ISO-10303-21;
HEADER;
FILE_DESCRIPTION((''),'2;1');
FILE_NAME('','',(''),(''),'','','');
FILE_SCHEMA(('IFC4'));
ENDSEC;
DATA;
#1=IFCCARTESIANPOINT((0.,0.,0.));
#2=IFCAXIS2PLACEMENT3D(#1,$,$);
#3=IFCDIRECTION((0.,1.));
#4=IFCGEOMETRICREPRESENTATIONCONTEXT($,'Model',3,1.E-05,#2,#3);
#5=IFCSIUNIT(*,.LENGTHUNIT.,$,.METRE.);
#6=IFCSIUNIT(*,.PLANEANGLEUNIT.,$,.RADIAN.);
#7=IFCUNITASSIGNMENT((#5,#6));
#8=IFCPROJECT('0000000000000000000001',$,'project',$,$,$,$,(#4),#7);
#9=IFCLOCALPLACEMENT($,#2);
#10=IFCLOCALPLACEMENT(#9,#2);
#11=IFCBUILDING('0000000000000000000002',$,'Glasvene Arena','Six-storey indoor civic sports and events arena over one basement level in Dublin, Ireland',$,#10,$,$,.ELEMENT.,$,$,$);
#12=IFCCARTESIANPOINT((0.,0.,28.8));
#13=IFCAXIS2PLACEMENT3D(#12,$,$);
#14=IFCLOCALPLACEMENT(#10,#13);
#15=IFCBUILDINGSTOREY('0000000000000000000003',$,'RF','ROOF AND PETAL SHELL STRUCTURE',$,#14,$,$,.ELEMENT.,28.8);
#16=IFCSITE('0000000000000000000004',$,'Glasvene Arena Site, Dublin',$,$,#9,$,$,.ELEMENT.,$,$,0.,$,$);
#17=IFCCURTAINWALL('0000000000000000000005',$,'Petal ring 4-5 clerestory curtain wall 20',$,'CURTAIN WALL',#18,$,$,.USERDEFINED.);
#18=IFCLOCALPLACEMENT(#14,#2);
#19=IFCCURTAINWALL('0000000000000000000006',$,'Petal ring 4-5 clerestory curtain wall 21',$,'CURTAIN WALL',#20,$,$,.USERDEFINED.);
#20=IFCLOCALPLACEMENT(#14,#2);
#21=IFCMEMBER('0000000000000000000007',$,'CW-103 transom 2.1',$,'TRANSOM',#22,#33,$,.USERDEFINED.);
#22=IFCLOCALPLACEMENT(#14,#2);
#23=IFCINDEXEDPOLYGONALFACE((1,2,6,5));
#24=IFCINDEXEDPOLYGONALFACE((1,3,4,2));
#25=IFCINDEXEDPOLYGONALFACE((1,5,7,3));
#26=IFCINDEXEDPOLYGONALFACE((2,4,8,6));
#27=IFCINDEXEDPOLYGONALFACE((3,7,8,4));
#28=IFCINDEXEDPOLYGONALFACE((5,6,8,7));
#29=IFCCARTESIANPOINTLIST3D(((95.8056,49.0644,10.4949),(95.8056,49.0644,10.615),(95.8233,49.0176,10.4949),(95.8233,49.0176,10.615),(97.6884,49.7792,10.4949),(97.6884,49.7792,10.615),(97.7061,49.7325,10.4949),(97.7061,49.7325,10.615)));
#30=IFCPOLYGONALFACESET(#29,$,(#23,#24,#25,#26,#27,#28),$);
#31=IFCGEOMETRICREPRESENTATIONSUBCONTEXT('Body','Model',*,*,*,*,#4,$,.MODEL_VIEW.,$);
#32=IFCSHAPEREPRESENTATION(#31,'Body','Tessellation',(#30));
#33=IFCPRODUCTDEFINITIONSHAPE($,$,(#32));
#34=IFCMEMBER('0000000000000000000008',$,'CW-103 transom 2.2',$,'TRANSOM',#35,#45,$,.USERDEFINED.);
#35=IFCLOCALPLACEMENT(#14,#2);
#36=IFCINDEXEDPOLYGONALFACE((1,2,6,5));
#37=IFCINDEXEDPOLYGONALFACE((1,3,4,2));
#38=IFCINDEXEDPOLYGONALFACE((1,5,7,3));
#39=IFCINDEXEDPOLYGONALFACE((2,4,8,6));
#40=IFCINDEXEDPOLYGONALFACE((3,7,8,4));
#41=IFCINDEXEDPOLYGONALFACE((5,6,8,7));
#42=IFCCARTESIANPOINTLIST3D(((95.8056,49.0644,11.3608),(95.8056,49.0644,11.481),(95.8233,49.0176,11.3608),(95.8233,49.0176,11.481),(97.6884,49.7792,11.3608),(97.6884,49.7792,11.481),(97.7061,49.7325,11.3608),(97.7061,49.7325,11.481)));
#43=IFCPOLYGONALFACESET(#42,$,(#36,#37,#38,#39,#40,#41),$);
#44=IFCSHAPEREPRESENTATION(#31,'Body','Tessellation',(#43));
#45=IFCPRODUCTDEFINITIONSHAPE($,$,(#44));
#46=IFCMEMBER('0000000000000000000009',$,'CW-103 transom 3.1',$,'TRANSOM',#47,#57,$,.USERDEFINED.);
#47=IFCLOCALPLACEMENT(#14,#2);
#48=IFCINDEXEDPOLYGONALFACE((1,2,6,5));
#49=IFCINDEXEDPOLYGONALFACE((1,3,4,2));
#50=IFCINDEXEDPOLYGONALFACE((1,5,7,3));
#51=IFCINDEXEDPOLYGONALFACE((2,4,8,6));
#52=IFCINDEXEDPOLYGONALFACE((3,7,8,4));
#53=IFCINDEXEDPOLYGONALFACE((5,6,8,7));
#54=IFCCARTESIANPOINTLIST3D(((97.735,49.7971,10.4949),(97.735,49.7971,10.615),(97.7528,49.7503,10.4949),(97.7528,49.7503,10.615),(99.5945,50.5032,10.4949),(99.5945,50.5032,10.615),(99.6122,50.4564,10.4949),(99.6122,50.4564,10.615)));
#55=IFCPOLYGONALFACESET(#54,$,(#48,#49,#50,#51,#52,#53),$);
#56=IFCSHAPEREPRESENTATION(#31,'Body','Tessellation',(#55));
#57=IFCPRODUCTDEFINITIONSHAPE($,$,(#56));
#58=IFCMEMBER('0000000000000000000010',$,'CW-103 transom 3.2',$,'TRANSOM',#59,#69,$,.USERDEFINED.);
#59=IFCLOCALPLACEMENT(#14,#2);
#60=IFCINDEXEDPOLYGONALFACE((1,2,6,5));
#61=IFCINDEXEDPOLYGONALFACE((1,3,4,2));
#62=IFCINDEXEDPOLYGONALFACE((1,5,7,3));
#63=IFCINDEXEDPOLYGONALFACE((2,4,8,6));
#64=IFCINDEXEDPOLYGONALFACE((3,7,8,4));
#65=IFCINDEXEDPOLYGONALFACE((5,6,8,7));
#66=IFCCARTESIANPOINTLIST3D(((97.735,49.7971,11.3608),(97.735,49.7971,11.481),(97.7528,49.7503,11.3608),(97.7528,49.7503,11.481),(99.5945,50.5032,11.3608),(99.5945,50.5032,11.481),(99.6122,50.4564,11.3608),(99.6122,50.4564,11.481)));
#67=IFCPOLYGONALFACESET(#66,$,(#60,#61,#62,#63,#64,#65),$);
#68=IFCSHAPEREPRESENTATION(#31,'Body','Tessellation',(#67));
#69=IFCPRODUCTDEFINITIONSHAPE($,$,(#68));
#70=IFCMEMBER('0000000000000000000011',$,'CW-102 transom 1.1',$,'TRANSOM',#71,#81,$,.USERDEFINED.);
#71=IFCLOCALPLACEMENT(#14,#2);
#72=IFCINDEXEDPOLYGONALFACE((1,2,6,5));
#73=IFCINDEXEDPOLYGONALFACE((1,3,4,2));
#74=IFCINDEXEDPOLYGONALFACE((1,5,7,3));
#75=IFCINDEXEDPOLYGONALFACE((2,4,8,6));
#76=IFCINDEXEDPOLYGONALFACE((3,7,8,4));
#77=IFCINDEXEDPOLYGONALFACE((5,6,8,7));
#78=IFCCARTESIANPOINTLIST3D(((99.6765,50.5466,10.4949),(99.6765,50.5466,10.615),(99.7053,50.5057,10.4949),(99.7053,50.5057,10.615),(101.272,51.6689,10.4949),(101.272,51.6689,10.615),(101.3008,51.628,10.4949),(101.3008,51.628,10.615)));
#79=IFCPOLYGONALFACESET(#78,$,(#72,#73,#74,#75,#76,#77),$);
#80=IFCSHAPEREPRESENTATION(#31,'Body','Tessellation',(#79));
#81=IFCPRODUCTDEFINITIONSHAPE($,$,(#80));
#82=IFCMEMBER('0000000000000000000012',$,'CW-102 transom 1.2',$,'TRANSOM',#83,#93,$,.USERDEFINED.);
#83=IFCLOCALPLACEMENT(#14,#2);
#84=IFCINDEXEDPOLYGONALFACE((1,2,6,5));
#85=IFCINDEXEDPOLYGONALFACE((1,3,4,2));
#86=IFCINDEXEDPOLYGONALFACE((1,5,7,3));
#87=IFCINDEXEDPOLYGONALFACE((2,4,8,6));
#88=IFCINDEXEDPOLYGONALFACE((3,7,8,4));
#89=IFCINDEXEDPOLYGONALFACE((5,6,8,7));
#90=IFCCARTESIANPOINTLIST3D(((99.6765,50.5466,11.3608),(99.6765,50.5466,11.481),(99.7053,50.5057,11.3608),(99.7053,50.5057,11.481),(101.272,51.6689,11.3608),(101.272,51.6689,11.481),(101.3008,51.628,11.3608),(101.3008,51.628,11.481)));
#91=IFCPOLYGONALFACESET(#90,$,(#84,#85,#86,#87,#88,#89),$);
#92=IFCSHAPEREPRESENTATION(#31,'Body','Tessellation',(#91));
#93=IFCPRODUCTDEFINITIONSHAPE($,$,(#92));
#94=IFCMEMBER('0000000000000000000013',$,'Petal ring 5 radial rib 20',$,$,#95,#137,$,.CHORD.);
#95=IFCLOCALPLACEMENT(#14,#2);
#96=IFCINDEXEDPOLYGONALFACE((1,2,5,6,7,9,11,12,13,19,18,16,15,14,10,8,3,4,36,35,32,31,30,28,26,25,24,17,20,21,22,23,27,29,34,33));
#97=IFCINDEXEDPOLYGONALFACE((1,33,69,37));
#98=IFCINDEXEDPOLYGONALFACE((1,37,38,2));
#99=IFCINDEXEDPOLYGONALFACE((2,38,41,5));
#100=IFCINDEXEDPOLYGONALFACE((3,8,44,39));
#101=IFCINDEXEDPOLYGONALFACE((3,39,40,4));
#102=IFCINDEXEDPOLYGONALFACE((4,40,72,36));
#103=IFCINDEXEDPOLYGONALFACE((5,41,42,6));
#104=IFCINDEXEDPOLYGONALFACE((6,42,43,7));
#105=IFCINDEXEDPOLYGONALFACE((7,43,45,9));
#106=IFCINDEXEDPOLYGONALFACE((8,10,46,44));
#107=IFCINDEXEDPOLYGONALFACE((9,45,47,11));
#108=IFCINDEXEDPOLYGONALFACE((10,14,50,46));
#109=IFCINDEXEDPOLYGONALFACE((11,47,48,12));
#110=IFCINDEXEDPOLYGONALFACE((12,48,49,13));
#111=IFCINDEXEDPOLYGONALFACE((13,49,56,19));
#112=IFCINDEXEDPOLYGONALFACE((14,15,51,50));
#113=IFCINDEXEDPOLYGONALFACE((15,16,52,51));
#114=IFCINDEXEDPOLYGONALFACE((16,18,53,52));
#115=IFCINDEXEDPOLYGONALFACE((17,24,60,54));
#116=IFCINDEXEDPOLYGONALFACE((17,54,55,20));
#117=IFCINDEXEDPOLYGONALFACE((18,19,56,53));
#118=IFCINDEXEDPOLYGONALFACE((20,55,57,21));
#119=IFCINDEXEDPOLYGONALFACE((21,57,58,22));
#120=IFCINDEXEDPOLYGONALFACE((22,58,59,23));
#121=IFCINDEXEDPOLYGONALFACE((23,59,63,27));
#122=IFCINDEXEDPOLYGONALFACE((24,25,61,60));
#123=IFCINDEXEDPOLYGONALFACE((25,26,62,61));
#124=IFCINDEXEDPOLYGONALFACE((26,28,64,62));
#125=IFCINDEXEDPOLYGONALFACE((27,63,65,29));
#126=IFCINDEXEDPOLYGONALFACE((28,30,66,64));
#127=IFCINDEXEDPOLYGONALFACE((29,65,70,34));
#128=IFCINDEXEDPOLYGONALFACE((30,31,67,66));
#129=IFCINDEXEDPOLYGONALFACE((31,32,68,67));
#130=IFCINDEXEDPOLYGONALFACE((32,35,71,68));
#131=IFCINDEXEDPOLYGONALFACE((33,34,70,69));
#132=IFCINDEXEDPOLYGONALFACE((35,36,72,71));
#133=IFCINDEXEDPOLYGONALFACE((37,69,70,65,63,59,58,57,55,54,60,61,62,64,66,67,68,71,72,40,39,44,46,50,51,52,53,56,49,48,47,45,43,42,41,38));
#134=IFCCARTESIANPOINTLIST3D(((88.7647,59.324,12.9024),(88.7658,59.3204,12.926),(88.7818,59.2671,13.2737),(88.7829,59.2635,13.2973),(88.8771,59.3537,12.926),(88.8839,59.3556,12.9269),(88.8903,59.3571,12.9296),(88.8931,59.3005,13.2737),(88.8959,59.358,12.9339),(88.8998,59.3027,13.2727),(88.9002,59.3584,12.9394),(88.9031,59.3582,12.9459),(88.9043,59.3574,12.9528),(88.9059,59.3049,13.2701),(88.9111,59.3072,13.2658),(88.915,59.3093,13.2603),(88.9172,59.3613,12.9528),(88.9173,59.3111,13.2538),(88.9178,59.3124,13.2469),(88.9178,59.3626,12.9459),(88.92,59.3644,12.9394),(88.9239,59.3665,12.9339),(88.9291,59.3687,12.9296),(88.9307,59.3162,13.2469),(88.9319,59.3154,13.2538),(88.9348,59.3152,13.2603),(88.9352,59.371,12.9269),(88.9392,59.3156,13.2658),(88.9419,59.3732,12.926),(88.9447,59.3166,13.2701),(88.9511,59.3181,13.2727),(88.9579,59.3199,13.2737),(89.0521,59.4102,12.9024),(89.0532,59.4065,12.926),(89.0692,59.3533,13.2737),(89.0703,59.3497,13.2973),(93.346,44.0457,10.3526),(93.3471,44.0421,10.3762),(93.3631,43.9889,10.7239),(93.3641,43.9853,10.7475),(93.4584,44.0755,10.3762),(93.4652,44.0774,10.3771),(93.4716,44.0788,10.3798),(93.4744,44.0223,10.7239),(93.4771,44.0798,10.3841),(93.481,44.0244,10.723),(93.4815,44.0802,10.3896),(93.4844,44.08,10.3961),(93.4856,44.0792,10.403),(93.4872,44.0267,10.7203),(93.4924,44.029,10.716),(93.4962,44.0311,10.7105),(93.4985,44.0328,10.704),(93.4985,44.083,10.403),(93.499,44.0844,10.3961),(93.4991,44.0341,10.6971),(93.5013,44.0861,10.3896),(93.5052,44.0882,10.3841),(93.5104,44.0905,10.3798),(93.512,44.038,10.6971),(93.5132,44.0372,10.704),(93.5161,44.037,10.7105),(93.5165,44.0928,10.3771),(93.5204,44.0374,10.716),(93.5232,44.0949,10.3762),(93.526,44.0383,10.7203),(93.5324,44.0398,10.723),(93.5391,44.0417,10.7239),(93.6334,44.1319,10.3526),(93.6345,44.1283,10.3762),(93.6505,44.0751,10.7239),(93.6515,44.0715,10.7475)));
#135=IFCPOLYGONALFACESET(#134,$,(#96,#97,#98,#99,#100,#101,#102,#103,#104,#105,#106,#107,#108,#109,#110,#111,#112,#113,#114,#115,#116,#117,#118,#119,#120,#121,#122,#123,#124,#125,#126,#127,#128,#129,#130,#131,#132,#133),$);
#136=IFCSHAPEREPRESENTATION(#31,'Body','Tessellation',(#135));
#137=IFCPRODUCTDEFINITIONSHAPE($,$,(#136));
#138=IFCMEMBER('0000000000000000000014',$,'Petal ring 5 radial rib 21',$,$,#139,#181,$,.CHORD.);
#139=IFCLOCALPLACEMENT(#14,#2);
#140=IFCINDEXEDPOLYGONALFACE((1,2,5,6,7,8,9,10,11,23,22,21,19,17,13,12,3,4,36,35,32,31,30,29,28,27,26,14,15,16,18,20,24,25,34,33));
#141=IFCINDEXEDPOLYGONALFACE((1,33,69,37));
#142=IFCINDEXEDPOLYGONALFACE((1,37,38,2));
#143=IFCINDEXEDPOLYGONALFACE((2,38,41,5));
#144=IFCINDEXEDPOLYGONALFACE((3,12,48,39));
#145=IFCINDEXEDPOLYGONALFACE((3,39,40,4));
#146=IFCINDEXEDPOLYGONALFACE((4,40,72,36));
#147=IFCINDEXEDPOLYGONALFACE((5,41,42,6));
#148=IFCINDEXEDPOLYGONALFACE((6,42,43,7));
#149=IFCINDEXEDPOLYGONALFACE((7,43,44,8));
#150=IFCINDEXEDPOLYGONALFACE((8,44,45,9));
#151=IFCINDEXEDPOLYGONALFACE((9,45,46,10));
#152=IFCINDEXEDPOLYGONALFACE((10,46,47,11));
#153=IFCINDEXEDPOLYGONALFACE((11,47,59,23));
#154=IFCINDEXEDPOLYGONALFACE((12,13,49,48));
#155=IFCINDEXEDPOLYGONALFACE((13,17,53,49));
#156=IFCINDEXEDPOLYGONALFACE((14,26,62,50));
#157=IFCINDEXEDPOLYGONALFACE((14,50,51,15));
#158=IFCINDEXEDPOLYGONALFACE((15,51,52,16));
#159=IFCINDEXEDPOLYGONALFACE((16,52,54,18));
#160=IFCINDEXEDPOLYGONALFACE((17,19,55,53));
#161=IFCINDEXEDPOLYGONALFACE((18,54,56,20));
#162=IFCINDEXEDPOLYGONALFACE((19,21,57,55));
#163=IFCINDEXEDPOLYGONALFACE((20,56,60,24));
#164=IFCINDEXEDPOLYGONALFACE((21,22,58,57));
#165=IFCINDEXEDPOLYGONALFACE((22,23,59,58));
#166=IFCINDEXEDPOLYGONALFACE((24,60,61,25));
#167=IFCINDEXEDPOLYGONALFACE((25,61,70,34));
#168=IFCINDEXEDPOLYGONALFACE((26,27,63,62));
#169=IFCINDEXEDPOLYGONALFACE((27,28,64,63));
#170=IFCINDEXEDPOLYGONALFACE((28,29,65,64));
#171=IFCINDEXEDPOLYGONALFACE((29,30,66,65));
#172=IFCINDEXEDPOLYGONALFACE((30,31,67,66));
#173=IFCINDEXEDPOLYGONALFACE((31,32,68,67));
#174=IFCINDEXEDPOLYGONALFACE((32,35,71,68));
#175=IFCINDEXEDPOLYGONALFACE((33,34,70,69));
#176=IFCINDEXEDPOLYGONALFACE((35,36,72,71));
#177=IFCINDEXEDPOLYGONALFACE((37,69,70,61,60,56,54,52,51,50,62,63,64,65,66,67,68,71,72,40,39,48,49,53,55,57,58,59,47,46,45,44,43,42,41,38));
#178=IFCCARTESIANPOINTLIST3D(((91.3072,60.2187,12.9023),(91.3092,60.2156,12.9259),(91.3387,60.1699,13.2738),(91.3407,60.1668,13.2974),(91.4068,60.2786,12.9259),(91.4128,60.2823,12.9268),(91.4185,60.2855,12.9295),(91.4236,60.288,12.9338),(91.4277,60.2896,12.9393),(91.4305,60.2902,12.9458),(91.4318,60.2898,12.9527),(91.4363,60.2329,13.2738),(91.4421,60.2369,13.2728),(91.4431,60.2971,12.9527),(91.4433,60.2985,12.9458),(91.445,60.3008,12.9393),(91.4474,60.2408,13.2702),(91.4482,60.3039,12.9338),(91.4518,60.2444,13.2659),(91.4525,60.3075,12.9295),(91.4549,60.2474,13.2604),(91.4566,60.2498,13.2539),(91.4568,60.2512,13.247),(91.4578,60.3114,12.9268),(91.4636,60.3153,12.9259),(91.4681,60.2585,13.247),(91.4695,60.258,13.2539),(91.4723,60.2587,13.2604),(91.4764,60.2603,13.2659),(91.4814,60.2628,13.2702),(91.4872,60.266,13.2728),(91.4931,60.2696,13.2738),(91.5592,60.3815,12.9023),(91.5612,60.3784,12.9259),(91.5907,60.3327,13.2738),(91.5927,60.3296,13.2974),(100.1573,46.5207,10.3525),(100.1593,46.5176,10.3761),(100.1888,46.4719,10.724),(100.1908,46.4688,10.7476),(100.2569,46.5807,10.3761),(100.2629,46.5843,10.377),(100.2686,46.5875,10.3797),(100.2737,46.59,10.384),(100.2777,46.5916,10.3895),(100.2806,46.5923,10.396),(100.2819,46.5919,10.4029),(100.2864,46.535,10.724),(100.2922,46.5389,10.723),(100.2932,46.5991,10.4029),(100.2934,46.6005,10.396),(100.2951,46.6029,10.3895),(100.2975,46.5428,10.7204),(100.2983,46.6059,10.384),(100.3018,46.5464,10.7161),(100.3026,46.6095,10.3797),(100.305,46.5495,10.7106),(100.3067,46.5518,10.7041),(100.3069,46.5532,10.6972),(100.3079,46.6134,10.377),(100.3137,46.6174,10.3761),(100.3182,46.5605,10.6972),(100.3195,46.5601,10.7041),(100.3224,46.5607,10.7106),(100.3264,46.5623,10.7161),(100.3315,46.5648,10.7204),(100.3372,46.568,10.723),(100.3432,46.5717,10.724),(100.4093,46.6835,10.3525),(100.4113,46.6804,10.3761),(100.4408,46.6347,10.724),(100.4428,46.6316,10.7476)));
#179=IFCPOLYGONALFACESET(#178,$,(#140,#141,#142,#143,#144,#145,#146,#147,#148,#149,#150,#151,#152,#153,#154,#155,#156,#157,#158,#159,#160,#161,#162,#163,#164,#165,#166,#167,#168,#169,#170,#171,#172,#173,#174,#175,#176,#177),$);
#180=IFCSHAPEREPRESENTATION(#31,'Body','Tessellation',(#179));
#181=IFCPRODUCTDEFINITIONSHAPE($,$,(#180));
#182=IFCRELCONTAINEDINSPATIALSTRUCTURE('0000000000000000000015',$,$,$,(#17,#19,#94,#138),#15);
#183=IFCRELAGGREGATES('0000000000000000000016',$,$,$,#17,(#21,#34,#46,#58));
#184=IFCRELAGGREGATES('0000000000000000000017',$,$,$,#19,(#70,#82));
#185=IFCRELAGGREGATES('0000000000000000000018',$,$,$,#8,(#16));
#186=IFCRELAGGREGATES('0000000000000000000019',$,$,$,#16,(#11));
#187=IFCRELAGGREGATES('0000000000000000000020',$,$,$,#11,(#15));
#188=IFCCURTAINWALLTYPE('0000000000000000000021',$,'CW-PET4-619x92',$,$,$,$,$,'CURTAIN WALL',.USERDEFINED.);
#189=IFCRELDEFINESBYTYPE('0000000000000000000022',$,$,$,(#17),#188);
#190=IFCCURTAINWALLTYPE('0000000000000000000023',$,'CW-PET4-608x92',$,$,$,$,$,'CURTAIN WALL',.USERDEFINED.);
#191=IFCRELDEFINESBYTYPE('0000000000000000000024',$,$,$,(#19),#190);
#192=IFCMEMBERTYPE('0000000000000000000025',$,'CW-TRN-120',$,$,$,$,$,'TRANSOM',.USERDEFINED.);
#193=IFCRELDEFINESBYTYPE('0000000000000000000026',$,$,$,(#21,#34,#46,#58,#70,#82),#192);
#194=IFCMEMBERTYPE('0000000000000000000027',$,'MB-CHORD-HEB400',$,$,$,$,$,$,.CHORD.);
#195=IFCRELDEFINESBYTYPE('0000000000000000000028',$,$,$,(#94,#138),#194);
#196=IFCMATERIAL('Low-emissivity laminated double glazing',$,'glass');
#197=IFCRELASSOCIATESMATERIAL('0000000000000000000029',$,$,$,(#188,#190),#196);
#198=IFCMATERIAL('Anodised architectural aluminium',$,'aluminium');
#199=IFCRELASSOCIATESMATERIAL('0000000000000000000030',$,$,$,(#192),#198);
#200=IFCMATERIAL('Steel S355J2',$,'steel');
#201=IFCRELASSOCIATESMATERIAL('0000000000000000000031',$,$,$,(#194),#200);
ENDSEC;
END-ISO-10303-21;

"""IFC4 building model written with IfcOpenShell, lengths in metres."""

from ifc_helpers import new_model, si_unit, direction, frame, origin, origin_2d, place, context, subcontext, project, spatial, rectangle, i_section, extrude, material, material_profile, profile_set, type_object, element, aggregate, save


model = new_model("IFC4")

# Units and contexts
model_context = context("Model", 3, precision=1e-05, world=origin(), true_north=direction((0.0, 1.0)))
body_context = subcontext(model_context, "Body", "Model", "MODEL_VIEW")
ifc_project = project(units=[si_unit("LENGTHUNIT", "METRE"), si_unit("PLANEANGLEUNIT", "RADIAN")], contexts=[model_context])

# Site, building, storey
site_placement = place(None, origin())
site = spatial("IfcSite", under=ifc_project, at=site_placement, Name="Glasvene Arena Site, Dublin", CompositionType="ELEMENT", RefElevation=0.0)
building_placement = place(site_placement, origin())
building = spatial("IfcBuilding", under=site, at=building_placement, Name="Glasvene Arena", Description="Six-storey indoor civic sports and events arena over one basement level in Dublin, Ireland", CompositionType="ELEMENT")
storey_placement = place(building_placement, frame((0.0, 0.0, 28.8)))
storey = spatial("IfcBuildingStorey", under=building, at=storey_placement, Name="RF", Description="ROOF AND PETAL SHELL STRUCTURE", CompositionType="ELEMENT", Elevation=28.8)

# Curtain wall
ifc_material_1 = material(Name="Low-emissivity laminated double glazing", Category="glass")
ifc_material_2 = material(Name="Anodised architectural aluminium", Category="aluminium")
curtain_wall_type_1 = type_object("IfcCurtainWallType", Name="CW-PET4-619x92", ElementType="CURTAIN WALL", PredefinedType="USERDEFINED", material=ifc_material_1)
curtain_wall_1_placement = place(storey_placement, frame((93.8618, 48.2996, 0.0)))
curtain_wall_1 = element("IfcCurtainWall", 1, at=curtain_wall_1_placement, inside=storey, type_object=curtain_wall_type_1, Name="Petal ring 4-5 clerestory curtain wall 20", ObjectType="CURTAIN WALL", PredefinedType="USERDEFINED")

# Curtain wall
curtain_wall_type_2 = type_object("IfcCurtainWallType", Name="CW-PET4-608x92", ElementType="CURTAIN WALL", PredefinedType="USERDEFINED", material=ifc_material_1)
curtain_wall_2_placement = place(storey_placement, frame((99.6499, 50.4973, 0.0)))
curtain_wall_2 = element("IfcCurtainWall", 2, at=curtain_wall_2_placement, inside=storey, type_object=curtain_wall_type_2, Name="Petal ring 4-5 clerestory curtain wall 21", ObjectType="CURTAIN WALL", PredefinedType="USERDEFINED")

# Shared definitions
ifc_material_profile_1 = material_profile(ifc_material_2, rectangle(XDim=0.05, YDim=0.1201, at=origin_2d()), Name="ALU TRANSOM 50x120")
ifc_profile_set_1 = profile_set([ifc_material_profile_1], Name="Anodised architectural aluminium")
member_type_1 = type_object("IfcMemberType", Name="CW-TRN-120", ElementType="TRANSOM", PredefinedType="USERDEFINED", material=ifc_profile_set_1)

# Members
member_1_placement = place(storey_placement, frame((95.8145, 49.041, 10.5549), z_axis=(0.934887, 0.354947, 0.0), x_axis=(-0.354947, 0.934887, 0.0)))
member_1 = element("IfcMember", 3, at=member_1_placement, type_object=member_type_1, Name="CW-103 transom 2.1", ObjectType="TRANSOM", PredefinedType="USERDEFINED", context=body_context, shape_type="SweptSolid", body=[
    extrude(rectangle(XDim=0.05, YDim=0.1201, at=origin_2d()), origin(), (0.0, 0.0, 1.0), 2.0139),
])
member_2_placement = place(storey_placement, frame((95.8145, 49.041, 11.4209), z_axis=(0.934887, 0.354947, 0.0), x_axis=(-0.354947, 0.934887, 0.0)))
member_2 = element("IfcMember", 4, at=member_2_placement, type_object=member_type_1, Name="CW-103 transom 2.2", ObjectType="TRANSOM", PredefinedType="USERDEFINED", context=body_context, shape_type="SweptSolid", body=[
    extrude(rectangle(XDim=0.05, YDim=0.1201, at=origin_2d()), origin(), (0.0, 0.0, 1.0), 2.0139),
])
member_3_placement = place(storey_placement, frame((97.7439, 49.7737, 10.5549), z_axis=(0.934868, 0.354995, 0.0), x_axis=(-0.354995, 0.934868, 0.0)))
member_3 = element("IfcMember", 5, at=member_3_placement, type_object=member_type_1, Name="CW-103 transom 3.1", ObjectType="TRANSOM", PredefinedType="USERDEFINED", context=body_context, shape_type="SweptSolid", body=[
    extrude(rectangle(XDim=0.05, YDim=0.1201, at=origin_2d()), origin(), (0.0, 0.0, 1.0), 1.989),
])
member_4_placement = place(storey_placement, frame((97.7439, 49.7737, 11.4209), z_axis=(0.934868, 0.354995, 0.0), x_axis=(-0.354995, 0.934868, 0.0)))
member_4 = element("IfcMember", 6, at=member_4_placement, type_object=member_type_1, Name="CW-103 transom 3.2", ObjectType="TRANSOM", PredefinedType="USERDEFINED", context=body_context, shape_type="SweptSolid", body=[
    extrude(rectangle(XDim=0.05, YDim=0.1201, at=origin_2d()), origin(), (0.0, 0.0, 1.0), 1.989),
])
member_5_placement = place(storey_placement, frame((99.6909, 50.5261, 10.5549), z_axis=(0.817907, 0.575351, 0.0), x_axis=(-0.575351, 0.817907, 0.0)))
member_5 = element("IfcMember", 7, at=member_5_placement, type_object=member_type_1, Name="CW-102 transom 1.1", ObjectType="TRANSOM", PredefinedType="USERDEFINED", context=body_context, shape_type="SweptSolid", body=[
    extrude(rectangle(XDim=0.05, YDim=0.1201, at=origin_2d()), origin(), (0.0, 0.0, 1.0), 1.9507),
])
member_6_placement = place(storey_placement, frame((99.6909, 50.5261, 11.4209), z_axis=(0.817907, 0.575351, 0.0), x_axis=(-0.575351, 0.817907, 0.0)))
member_6 = element("IfcMember", 8, at=member_6_placement, type_object=member_type_1, Name="CW-102 transom 1.2", ObjectType="TRANSOM", PredefinedType="USERDEFINED", context=body_context, shape_type="SweptSolid", body=[
    extrude(rectangle(XDim=0.05, YDim=0.1201, at=origin_2d()), origin(), (0.0, 0.0, 1.0), 1.9507),
])

# Members
ifc_material_3 = material(Name="Steel S355J2", Category="steel")
ifc_material_profile_2 = material_profile(ifc_material_3, i_section(OverallWidth=0.3, OverallDepth=0.3999, WebThickness=0.0134, FlangeThickness=0.0239, FilletRadius=0.0271, at=origin_2d()), Name="HEB 400")
ifc_profile_set_2 = profile_set([ifc_material_profile_2], Name="Steel S355J2")
member_type_2 = type_object("IfcMemberType", Name="MB-CHORD-HEB400", PredefinedType="CHORD", material=ifc_profile_set_2)
member_7_placement = place(storey_placement, frame((93.4988, 44.0586, 10.55), z_axis=(-0.28362, 0.945855, 0.157854), x_axis=(-0.957864, -0.287222, 0.0)))
element("IfcMember", 9, at=member_7_placement, inside=storey, type_object=member_type_2, Name="Petal ring 5 radial rib 20", PredefinedType="CHORD", context=body_context, shape_type="SweptSolid", body=[
    extrude(i_section(OverallWidth=0.3, OverallDepth=0.3999, WebThickness=0.0134, FlangeThickness=0.0239, FilletRadius=0.0271, at=origin_2d()), origin(), (0.0, 0.0, 1.0), 16.1528),
])
member_8_placement = place(storey_placement, frame((100.3, 46.5762, 10.55), z_axis=(-0.536162, 0.82986, 0.154474), x_axis=(-0.839942, -0.542676, 0.0)))
element("IfcMember", 10, at=member_8_placement, inside=storey, type_object=member_type_2, Name="Petal ring 5 radial rib 21", PredefinedType="CHORD", context=body_context, shape_type="SweptSolid", body=[
    extrude(i_section(OverallWidth=0.3, OverallDepth=0.3999, WebThickness=0.0134, FlangeThickness=0.0239, FilletRadius=0.0271, at=origin_2d()), origin(), (0.0, 0.0, 1.0), 16.5063),
])

aggregate(curtain_wall_1, [member_1, member_2, member_3, member_4])
aggregate(curtain_wall_2, [member_5, member_6])

save(model, "model.ifc")
